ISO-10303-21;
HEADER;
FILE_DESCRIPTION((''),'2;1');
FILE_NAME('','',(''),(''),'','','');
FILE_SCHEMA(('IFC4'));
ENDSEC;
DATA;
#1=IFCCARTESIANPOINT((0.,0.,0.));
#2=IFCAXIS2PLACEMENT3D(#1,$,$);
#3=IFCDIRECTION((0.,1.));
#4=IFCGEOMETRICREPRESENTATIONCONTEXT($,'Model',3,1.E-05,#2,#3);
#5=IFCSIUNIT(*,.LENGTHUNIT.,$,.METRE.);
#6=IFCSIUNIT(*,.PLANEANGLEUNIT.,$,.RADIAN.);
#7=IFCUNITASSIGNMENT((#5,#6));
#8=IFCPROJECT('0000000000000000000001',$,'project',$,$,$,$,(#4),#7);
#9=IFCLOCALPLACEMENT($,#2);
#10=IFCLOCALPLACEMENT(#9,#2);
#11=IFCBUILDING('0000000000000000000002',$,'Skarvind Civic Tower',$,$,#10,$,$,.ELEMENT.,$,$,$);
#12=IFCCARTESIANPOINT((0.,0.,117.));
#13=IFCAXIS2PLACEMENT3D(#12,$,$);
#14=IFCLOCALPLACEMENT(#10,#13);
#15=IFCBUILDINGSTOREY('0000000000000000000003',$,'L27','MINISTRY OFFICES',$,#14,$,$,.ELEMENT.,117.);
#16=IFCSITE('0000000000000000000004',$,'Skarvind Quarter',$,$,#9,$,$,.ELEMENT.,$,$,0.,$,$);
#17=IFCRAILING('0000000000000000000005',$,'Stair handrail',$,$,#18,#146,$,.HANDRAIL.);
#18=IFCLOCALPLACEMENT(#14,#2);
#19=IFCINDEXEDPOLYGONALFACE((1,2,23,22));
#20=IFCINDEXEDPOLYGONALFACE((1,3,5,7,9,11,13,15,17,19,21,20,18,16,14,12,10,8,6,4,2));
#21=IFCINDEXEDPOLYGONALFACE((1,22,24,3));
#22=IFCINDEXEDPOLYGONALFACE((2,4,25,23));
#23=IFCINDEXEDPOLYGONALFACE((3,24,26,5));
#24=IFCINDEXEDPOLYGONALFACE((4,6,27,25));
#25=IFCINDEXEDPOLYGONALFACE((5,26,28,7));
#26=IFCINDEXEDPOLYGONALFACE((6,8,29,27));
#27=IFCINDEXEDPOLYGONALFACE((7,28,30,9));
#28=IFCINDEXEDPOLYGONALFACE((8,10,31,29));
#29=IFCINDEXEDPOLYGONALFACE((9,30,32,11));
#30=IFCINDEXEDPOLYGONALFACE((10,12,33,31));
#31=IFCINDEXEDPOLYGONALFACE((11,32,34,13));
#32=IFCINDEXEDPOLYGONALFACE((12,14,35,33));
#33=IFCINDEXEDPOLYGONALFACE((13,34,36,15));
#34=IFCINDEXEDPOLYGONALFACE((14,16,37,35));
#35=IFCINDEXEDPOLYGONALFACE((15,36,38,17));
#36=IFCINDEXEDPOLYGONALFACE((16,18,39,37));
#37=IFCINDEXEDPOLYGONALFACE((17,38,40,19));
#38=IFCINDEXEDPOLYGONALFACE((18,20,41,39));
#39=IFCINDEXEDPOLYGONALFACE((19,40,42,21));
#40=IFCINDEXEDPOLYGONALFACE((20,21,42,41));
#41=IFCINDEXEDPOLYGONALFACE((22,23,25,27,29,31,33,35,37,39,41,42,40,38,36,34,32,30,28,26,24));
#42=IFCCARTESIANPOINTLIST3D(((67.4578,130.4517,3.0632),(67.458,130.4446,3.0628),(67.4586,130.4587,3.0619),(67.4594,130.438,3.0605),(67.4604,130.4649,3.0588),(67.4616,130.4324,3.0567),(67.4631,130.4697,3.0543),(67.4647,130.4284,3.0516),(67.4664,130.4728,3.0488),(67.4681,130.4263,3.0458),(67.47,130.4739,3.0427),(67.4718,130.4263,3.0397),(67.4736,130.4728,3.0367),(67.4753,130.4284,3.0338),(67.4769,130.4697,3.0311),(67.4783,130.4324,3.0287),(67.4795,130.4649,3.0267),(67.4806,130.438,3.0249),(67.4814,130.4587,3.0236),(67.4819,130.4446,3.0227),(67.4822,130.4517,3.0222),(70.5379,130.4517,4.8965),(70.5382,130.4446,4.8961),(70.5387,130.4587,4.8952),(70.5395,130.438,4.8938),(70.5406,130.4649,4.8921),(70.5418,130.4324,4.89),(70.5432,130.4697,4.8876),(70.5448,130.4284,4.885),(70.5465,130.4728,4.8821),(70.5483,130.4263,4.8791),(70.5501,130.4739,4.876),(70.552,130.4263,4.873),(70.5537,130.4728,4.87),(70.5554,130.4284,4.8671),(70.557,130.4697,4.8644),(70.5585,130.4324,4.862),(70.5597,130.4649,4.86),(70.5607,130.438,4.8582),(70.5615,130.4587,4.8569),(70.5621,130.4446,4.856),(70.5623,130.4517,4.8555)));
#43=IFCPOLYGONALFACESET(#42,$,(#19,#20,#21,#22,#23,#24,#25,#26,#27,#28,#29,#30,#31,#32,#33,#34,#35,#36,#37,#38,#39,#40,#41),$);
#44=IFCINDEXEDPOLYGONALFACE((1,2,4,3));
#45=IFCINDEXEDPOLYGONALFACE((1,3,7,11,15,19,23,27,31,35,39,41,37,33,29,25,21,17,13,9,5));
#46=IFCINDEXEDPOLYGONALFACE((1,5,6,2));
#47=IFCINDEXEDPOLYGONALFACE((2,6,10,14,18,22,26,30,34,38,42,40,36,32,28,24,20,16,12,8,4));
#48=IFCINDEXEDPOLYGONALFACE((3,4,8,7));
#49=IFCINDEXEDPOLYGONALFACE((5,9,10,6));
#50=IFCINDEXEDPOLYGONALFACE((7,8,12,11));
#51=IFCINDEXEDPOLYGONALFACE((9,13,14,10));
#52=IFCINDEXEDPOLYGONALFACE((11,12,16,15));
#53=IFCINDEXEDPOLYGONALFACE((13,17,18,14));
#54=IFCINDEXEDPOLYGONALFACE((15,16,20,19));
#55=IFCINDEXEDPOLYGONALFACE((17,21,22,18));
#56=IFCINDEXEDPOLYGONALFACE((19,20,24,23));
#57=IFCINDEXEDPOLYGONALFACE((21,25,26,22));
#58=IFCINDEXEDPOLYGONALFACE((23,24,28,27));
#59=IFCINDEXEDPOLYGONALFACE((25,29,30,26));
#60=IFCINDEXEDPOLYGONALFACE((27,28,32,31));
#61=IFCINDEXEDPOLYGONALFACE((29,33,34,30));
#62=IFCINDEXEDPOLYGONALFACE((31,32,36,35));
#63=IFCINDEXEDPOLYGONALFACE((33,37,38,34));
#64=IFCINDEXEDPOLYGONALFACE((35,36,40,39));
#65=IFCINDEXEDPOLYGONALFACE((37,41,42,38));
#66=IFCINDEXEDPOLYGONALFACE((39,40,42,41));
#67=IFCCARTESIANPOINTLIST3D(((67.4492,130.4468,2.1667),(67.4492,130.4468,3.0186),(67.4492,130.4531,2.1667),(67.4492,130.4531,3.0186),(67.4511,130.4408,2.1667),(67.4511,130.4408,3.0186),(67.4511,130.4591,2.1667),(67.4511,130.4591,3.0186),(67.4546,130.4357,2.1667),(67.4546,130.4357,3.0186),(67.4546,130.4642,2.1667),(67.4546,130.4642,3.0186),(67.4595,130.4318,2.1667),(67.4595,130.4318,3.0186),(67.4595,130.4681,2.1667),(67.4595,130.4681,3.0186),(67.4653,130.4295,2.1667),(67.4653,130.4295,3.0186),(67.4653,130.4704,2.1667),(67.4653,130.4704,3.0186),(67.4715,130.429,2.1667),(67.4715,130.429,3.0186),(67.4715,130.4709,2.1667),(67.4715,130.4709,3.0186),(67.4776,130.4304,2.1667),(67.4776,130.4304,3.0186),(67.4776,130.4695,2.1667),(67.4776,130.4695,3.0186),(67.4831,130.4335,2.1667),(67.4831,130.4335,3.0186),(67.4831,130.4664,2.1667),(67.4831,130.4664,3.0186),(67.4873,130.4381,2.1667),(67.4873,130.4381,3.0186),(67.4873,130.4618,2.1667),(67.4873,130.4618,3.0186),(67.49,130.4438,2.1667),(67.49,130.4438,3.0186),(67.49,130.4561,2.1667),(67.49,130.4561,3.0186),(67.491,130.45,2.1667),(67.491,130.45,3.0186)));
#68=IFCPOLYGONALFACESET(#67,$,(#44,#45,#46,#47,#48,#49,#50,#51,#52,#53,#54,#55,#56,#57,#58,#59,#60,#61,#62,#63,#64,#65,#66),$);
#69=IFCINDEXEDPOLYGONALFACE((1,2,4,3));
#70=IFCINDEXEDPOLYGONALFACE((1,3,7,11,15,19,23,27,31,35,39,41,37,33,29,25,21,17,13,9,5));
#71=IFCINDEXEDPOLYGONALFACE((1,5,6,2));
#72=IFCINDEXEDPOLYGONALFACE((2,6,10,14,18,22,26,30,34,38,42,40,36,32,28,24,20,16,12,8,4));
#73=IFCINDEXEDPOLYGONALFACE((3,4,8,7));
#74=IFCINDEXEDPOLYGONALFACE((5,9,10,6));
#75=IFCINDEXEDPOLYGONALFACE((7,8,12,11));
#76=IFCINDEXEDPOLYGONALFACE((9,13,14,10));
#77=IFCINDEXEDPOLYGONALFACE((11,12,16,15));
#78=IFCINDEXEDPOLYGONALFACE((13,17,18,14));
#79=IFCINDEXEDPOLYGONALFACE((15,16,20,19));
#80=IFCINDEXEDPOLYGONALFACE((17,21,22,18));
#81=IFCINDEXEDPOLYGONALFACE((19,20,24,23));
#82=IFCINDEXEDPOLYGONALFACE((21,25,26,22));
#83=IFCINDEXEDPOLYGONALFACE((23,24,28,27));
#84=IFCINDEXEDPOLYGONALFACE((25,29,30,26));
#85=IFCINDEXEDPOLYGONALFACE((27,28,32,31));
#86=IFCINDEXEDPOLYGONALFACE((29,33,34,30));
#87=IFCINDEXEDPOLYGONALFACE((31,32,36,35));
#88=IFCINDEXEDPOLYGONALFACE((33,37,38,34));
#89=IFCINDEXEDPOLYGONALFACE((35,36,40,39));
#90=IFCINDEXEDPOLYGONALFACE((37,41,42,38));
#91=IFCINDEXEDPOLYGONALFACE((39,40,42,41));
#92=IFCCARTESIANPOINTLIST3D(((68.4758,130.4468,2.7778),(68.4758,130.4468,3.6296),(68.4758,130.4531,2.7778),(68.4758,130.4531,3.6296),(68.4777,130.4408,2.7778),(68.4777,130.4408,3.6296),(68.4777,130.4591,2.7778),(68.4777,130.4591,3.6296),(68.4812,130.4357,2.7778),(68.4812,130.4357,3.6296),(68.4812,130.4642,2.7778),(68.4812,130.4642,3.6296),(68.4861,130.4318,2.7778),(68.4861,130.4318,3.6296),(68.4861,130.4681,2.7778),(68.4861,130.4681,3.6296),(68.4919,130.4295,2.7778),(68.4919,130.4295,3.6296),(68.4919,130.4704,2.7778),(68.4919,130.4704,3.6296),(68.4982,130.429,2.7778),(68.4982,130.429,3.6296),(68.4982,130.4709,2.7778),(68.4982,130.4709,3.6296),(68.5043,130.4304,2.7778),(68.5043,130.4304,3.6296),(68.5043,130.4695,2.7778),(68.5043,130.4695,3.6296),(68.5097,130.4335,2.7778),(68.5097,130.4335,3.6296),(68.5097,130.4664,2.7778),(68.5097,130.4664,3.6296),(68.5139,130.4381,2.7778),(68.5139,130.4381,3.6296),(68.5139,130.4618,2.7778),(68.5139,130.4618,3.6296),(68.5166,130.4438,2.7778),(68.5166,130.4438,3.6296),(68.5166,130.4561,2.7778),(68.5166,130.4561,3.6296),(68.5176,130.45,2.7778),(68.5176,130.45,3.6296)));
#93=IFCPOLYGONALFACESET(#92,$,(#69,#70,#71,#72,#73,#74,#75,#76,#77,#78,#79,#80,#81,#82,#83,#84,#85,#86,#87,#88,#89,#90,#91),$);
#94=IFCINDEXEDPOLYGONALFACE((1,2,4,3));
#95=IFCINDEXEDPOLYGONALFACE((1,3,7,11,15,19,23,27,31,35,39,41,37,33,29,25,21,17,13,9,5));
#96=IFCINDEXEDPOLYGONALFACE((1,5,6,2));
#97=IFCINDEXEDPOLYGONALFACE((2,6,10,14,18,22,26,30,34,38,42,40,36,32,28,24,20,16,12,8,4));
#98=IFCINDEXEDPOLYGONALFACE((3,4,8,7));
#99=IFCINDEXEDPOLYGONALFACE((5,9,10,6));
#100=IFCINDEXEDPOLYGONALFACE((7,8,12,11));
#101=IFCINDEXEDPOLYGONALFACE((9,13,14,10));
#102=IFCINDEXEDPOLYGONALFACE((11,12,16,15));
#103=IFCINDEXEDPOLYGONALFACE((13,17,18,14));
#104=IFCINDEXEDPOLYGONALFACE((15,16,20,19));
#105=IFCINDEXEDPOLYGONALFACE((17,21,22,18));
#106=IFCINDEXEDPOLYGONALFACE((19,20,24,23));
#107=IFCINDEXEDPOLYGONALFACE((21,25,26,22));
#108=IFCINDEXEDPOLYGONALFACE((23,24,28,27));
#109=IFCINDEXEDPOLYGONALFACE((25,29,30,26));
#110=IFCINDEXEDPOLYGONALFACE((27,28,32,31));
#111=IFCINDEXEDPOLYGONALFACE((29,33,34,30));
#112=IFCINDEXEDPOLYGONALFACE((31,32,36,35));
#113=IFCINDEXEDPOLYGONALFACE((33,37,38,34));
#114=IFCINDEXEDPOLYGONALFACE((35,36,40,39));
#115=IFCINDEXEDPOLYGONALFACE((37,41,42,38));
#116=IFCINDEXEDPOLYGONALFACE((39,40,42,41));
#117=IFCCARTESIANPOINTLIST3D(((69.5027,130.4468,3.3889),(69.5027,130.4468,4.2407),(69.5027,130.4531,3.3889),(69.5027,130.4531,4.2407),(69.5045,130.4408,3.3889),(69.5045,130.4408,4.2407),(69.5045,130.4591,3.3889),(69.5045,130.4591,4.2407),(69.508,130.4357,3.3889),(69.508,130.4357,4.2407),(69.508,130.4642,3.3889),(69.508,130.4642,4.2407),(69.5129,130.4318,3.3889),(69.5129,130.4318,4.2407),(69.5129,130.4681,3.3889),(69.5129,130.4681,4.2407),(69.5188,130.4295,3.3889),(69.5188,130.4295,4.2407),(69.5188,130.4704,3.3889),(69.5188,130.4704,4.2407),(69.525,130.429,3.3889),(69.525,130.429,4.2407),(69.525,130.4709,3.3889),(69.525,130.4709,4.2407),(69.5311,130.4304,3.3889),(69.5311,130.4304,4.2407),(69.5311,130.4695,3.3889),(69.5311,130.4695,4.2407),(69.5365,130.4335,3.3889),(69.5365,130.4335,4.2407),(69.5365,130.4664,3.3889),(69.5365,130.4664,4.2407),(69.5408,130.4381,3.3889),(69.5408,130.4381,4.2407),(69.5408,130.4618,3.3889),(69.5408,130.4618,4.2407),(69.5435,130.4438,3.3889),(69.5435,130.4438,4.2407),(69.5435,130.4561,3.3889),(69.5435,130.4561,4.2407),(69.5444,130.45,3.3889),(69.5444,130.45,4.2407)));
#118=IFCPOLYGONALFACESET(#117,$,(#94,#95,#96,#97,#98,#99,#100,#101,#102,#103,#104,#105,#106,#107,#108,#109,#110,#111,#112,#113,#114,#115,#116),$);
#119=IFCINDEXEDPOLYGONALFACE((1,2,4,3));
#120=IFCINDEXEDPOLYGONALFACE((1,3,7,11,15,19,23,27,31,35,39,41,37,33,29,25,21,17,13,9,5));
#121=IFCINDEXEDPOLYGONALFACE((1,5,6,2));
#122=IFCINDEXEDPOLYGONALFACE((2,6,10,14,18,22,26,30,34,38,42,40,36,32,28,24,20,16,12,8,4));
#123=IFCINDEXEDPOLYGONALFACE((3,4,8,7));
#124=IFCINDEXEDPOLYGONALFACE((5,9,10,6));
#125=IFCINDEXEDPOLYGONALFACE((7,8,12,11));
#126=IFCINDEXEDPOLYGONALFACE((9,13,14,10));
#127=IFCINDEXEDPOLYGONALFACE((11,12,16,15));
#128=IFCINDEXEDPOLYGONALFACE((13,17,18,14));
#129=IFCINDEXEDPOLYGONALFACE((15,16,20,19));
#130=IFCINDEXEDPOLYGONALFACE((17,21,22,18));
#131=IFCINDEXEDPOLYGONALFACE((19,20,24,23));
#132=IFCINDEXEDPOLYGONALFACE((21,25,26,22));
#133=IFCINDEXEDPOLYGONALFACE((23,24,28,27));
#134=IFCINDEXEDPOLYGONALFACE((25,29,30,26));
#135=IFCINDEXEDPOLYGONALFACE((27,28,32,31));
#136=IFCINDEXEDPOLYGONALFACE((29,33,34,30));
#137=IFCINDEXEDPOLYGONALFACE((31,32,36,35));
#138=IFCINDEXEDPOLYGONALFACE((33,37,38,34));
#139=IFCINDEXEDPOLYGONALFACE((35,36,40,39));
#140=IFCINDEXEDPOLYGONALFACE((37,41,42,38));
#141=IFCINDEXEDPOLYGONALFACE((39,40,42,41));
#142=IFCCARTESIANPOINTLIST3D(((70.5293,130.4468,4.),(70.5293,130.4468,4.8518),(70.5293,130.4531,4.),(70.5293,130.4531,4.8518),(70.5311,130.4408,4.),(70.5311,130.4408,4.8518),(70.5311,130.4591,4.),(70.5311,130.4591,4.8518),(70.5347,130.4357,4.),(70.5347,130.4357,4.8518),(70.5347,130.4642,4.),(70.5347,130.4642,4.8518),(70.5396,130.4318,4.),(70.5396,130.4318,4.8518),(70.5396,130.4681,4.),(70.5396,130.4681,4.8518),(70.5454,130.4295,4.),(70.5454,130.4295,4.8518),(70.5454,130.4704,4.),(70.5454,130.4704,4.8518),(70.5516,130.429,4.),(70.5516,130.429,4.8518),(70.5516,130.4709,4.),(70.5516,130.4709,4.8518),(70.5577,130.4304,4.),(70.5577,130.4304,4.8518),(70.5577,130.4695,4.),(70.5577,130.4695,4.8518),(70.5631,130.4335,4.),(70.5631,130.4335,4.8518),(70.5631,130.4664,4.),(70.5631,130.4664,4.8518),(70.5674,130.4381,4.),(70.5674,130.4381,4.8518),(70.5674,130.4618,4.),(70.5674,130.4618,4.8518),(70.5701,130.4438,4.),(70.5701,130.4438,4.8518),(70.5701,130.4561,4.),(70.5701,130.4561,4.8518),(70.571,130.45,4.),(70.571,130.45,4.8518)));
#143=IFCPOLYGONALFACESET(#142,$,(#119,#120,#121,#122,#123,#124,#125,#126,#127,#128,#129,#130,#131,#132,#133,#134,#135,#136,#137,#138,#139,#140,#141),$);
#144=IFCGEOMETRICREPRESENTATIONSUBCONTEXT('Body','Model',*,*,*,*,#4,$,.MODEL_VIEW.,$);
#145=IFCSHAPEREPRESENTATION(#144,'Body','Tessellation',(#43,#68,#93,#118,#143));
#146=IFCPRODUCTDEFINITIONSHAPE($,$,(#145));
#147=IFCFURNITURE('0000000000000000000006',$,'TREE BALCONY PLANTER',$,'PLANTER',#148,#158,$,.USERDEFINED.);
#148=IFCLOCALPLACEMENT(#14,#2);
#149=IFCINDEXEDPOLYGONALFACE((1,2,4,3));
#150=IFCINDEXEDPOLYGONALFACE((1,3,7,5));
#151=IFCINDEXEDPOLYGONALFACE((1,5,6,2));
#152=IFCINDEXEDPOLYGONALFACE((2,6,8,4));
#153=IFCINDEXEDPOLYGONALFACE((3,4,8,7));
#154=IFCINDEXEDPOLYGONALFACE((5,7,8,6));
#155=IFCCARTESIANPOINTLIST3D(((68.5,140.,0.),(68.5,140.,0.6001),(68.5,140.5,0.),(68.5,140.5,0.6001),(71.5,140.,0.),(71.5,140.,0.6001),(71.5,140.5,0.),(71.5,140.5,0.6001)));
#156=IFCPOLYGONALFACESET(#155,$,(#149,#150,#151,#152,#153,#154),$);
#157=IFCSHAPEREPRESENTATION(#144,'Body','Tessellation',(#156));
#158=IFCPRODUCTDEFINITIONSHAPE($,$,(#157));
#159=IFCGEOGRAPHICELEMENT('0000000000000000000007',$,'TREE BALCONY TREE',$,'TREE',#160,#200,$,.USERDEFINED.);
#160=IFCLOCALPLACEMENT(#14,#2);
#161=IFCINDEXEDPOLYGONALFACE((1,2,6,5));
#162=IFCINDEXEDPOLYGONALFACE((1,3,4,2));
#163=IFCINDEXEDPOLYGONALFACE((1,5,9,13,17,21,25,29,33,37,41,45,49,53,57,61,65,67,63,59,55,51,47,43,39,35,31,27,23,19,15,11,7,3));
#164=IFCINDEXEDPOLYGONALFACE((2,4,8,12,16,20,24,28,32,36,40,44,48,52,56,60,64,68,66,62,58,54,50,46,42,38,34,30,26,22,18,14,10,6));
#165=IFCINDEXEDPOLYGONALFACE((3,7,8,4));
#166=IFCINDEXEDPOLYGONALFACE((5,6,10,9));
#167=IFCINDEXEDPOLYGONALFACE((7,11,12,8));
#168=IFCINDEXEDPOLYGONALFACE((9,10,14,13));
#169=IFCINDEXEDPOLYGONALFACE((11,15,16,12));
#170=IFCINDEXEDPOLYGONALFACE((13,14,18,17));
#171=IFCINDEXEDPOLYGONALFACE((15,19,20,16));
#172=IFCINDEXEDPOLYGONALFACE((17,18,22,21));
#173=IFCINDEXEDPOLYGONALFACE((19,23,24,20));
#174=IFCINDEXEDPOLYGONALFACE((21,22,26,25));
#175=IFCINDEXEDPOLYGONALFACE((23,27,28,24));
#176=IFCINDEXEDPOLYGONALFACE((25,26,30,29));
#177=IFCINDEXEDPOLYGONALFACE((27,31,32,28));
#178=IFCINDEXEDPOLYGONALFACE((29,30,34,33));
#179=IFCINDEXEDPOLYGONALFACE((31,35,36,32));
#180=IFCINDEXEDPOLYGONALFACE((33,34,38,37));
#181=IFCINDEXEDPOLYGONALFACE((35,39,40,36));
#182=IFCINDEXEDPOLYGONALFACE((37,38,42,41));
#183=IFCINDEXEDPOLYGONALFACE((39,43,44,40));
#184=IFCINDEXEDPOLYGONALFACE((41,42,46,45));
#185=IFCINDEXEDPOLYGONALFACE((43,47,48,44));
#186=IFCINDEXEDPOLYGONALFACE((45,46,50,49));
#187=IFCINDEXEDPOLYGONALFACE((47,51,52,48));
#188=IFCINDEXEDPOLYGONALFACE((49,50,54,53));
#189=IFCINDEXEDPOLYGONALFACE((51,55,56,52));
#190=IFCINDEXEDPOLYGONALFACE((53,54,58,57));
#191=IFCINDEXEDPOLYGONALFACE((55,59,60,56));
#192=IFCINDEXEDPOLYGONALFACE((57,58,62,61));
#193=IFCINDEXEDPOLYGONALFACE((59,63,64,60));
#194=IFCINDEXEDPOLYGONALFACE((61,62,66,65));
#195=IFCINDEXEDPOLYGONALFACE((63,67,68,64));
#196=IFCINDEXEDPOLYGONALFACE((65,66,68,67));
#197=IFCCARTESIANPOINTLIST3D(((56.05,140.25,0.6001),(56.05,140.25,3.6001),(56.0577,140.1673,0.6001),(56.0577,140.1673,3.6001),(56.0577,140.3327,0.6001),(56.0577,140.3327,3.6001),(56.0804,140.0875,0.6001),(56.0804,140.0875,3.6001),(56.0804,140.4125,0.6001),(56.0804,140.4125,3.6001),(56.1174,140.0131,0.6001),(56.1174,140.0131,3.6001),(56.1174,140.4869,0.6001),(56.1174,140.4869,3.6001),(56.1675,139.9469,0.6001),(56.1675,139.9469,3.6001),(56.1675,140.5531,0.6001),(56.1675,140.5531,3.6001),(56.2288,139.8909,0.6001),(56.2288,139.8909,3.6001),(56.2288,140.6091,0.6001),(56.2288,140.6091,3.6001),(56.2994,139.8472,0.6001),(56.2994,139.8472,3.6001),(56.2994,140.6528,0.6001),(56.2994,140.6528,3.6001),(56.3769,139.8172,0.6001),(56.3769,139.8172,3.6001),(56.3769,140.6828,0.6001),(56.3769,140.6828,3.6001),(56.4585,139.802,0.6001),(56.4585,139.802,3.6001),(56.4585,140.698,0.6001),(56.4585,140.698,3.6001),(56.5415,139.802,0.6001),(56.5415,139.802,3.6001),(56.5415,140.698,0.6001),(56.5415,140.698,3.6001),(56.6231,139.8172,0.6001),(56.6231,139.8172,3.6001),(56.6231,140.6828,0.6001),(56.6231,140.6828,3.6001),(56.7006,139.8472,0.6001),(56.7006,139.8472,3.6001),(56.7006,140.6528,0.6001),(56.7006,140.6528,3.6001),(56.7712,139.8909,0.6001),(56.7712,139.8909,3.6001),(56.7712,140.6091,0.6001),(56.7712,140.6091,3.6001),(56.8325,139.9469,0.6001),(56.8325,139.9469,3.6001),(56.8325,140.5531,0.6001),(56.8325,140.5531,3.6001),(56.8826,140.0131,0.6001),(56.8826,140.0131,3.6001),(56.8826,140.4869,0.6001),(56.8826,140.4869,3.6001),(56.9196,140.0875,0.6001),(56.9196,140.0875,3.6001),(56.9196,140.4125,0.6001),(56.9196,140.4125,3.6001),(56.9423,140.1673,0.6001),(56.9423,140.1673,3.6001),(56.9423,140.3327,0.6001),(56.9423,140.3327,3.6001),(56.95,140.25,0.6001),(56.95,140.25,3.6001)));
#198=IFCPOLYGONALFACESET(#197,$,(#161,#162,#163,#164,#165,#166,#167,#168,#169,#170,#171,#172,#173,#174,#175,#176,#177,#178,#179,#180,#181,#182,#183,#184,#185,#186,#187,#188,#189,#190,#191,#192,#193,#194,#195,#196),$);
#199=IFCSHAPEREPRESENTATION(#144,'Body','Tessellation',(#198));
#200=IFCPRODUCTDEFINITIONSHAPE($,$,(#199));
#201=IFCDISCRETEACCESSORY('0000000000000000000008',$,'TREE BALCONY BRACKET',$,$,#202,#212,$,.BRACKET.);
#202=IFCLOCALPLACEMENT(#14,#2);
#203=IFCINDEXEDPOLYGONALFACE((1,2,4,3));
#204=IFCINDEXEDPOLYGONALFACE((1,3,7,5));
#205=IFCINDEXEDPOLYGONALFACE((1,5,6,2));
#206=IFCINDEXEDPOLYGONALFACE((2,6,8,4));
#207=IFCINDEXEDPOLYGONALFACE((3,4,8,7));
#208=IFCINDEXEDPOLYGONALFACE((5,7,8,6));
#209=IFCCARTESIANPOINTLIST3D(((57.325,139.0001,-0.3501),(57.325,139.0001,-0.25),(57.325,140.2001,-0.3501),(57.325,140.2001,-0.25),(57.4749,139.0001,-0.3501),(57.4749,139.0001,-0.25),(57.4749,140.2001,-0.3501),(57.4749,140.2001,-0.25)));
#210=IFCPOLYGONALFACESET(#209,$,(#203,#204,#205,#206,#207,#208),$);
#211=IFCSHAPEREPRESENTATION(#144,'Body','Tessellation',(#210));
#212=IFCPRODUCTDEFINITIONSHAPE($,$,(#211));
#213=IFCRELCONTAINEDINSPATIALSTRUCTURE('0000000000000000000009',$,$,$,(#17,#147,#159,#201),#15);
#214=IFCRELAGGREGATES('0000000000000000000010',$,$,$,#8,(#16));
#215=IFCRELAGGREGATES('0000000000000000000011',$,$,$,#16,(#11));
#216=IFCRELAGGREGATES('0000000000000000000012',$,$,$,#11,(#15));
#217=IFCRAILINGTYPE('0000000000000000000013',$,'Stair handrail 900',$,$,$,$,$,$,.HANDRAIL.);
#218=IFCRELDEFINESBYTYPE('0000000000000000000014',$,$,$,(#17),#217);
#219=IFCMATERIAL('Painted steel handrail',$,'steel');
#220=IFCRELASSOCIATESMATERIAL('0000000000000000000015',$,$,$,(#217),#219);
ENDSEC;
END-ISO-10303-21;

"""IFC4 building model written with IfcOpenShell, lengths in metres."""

from ifc_helpers import new_model, si_unit, direction, frame, origin, origin_2d, place, context, subcontext, project, spatial, rectangle, circle, extrude, material, type_object, element, save


model = new_model("IFC4")

# Units and contexts
model_context = context("Model", 3, precision=1e-05, world=origin(), true_north=direction((0.0, 1.0)))
body_context = subcontext(model_context, "Body", "Model", "MODEL_VIEW")
ifc_project = project(units=[si_unit("LENGTHUNIT", "METRE"), si_unit("PLANEANGLEUNIT", "RADIAN")], contexts=[model_context])

# Site, building, storey
site_placement = place(None, origin())
site = spatial("IfcSite", under=ifc_project, at=site_placement, Name="Skarvind Quarter", CompositionType="ELEMENT", RefElevation=0.0)
building_placement = place(site_placement, origin())
building = spatial("IfcBuilding", under=site, at=building_placement, Name="Skarvind Civic Tower", CompositionType="ELEMENT")
storey_placement = place(building_placement, frame((0.0, 0.0, 117.0)))
storey = spatial("IfcBuildingStorey", under=building, at=storey_placement, Name="L27", Description="MINISTRY OFFICES", CompositionType="ELEMENT", Elevation=117.0)

# Railing
ifc_material_1 = material(Name="Painted steel handrail", Category="steel")
railing_type_1 = type_object("IfcRailingType", Name="Stair handrail 900", PredefinedType="HANDRAIL", material=ifc_material_1)
railing_1_placement = place(storey_placement, frame((67.47, 130.45, 2.1667)))
element("IfcRailing", 1, at=railing_1_placement, inside=storey, type_object=railing_type_1, Name="Stair handrail", PredefinedType="HANDRAIL", context=body_context, shape_type="SweptSolid", body=[
    extrude(circle(Radius=0.0239, at=origin_2d()), frame((0.0, 0.0, 0.876), z_axis=(0.859309, 0.0, 0.511458), x_axis=(0.0, 1.0, 0.0)), (0.0, 0.0, 1.0), 3.5845),
    extrude(circle(Radius=0.021, at=origin_2d()), origin(), (0.0, 0.0, 1.0), 0.8518),
    extrude(circle(Radius=0.021, at=origin_2d()), frame((1.0266, 0.0, 0.6111)), (0.0, 0.0, 1.0), 0.8518),
    extrude(circle(Radius=0.021, at=origin_2d()), frame((2.0535, 0.0, 1.2222)), (0.0, 0.0, 1.0), 0.8518),
    extrude(circle(Radius=0.021, at=origin_2d()), frame((3.0801, 0.0, 1.8333)), (0.0, 0.0, 1.0), 0.8518),
])

# Furniture
furniture_placement = place(storey_placement, frame((70.0, 140.25, 0.0), z_axis=(0.0, 0.0, 1.0), x_axis=(1.0, 0.0, 0.0)))
element("IfcFurniture", 2, at=furniture_placement, inside=storey, Name="TREE BALCONY PLANTER", ObjectType="PLANTER", PredefinedType="USERDEFINED", context=body_context, shape_type="SweptSolid", body=[
    extrude(rectangle(XDim=3.0, YDim=0.5, at=origin_2d()), origin(), (0.0, 0.0, 1.0), 0.6001),
])

# Geographic element
geographic_element_1_placement = place(storey_placement, frame((56.5, 140.25, 0.6001), z_axis=(0.0, 0.0, 1.0), x_axis=(1.0, 0.0, 0.0)))
element("IfcGeographicElement", 3, at=geographic_element_1_placement, inside=storey, Name="TREE BALCONY TREE", ObjectType="TREE", PredefinedType="USERDEFINED", context=body_context, shape_type="SweptSolid", body=[
    extrude(circle(Radius=0.45, at=origin_2d()), origin(), (0.0, 0.0, 1.0), 3.0),
])

# Discrete accessory
discrete_accessory_placement = place(storey_placement, frame((57.3999, 139.6001, -0.3501), z_axis=(0.0, 0.0, 1.0), x_axis=(1.0, 0.0, 0.0)))
element("IfcDiscreteAccessory", 4, at=discrete_accessory_placement, inside=storey, Name="TREE BALCONY BRACKET", PredefinedType="BRACKET", context=body_context, shape_type="SweptSolid", body=[
    extrude(rectangle(XDim=0.1499, YDim=1.2, at=origin_2d()), origin(), (0.0, 0.0, 1.0), 0.1001),
])

save(model, "model.ifc")
